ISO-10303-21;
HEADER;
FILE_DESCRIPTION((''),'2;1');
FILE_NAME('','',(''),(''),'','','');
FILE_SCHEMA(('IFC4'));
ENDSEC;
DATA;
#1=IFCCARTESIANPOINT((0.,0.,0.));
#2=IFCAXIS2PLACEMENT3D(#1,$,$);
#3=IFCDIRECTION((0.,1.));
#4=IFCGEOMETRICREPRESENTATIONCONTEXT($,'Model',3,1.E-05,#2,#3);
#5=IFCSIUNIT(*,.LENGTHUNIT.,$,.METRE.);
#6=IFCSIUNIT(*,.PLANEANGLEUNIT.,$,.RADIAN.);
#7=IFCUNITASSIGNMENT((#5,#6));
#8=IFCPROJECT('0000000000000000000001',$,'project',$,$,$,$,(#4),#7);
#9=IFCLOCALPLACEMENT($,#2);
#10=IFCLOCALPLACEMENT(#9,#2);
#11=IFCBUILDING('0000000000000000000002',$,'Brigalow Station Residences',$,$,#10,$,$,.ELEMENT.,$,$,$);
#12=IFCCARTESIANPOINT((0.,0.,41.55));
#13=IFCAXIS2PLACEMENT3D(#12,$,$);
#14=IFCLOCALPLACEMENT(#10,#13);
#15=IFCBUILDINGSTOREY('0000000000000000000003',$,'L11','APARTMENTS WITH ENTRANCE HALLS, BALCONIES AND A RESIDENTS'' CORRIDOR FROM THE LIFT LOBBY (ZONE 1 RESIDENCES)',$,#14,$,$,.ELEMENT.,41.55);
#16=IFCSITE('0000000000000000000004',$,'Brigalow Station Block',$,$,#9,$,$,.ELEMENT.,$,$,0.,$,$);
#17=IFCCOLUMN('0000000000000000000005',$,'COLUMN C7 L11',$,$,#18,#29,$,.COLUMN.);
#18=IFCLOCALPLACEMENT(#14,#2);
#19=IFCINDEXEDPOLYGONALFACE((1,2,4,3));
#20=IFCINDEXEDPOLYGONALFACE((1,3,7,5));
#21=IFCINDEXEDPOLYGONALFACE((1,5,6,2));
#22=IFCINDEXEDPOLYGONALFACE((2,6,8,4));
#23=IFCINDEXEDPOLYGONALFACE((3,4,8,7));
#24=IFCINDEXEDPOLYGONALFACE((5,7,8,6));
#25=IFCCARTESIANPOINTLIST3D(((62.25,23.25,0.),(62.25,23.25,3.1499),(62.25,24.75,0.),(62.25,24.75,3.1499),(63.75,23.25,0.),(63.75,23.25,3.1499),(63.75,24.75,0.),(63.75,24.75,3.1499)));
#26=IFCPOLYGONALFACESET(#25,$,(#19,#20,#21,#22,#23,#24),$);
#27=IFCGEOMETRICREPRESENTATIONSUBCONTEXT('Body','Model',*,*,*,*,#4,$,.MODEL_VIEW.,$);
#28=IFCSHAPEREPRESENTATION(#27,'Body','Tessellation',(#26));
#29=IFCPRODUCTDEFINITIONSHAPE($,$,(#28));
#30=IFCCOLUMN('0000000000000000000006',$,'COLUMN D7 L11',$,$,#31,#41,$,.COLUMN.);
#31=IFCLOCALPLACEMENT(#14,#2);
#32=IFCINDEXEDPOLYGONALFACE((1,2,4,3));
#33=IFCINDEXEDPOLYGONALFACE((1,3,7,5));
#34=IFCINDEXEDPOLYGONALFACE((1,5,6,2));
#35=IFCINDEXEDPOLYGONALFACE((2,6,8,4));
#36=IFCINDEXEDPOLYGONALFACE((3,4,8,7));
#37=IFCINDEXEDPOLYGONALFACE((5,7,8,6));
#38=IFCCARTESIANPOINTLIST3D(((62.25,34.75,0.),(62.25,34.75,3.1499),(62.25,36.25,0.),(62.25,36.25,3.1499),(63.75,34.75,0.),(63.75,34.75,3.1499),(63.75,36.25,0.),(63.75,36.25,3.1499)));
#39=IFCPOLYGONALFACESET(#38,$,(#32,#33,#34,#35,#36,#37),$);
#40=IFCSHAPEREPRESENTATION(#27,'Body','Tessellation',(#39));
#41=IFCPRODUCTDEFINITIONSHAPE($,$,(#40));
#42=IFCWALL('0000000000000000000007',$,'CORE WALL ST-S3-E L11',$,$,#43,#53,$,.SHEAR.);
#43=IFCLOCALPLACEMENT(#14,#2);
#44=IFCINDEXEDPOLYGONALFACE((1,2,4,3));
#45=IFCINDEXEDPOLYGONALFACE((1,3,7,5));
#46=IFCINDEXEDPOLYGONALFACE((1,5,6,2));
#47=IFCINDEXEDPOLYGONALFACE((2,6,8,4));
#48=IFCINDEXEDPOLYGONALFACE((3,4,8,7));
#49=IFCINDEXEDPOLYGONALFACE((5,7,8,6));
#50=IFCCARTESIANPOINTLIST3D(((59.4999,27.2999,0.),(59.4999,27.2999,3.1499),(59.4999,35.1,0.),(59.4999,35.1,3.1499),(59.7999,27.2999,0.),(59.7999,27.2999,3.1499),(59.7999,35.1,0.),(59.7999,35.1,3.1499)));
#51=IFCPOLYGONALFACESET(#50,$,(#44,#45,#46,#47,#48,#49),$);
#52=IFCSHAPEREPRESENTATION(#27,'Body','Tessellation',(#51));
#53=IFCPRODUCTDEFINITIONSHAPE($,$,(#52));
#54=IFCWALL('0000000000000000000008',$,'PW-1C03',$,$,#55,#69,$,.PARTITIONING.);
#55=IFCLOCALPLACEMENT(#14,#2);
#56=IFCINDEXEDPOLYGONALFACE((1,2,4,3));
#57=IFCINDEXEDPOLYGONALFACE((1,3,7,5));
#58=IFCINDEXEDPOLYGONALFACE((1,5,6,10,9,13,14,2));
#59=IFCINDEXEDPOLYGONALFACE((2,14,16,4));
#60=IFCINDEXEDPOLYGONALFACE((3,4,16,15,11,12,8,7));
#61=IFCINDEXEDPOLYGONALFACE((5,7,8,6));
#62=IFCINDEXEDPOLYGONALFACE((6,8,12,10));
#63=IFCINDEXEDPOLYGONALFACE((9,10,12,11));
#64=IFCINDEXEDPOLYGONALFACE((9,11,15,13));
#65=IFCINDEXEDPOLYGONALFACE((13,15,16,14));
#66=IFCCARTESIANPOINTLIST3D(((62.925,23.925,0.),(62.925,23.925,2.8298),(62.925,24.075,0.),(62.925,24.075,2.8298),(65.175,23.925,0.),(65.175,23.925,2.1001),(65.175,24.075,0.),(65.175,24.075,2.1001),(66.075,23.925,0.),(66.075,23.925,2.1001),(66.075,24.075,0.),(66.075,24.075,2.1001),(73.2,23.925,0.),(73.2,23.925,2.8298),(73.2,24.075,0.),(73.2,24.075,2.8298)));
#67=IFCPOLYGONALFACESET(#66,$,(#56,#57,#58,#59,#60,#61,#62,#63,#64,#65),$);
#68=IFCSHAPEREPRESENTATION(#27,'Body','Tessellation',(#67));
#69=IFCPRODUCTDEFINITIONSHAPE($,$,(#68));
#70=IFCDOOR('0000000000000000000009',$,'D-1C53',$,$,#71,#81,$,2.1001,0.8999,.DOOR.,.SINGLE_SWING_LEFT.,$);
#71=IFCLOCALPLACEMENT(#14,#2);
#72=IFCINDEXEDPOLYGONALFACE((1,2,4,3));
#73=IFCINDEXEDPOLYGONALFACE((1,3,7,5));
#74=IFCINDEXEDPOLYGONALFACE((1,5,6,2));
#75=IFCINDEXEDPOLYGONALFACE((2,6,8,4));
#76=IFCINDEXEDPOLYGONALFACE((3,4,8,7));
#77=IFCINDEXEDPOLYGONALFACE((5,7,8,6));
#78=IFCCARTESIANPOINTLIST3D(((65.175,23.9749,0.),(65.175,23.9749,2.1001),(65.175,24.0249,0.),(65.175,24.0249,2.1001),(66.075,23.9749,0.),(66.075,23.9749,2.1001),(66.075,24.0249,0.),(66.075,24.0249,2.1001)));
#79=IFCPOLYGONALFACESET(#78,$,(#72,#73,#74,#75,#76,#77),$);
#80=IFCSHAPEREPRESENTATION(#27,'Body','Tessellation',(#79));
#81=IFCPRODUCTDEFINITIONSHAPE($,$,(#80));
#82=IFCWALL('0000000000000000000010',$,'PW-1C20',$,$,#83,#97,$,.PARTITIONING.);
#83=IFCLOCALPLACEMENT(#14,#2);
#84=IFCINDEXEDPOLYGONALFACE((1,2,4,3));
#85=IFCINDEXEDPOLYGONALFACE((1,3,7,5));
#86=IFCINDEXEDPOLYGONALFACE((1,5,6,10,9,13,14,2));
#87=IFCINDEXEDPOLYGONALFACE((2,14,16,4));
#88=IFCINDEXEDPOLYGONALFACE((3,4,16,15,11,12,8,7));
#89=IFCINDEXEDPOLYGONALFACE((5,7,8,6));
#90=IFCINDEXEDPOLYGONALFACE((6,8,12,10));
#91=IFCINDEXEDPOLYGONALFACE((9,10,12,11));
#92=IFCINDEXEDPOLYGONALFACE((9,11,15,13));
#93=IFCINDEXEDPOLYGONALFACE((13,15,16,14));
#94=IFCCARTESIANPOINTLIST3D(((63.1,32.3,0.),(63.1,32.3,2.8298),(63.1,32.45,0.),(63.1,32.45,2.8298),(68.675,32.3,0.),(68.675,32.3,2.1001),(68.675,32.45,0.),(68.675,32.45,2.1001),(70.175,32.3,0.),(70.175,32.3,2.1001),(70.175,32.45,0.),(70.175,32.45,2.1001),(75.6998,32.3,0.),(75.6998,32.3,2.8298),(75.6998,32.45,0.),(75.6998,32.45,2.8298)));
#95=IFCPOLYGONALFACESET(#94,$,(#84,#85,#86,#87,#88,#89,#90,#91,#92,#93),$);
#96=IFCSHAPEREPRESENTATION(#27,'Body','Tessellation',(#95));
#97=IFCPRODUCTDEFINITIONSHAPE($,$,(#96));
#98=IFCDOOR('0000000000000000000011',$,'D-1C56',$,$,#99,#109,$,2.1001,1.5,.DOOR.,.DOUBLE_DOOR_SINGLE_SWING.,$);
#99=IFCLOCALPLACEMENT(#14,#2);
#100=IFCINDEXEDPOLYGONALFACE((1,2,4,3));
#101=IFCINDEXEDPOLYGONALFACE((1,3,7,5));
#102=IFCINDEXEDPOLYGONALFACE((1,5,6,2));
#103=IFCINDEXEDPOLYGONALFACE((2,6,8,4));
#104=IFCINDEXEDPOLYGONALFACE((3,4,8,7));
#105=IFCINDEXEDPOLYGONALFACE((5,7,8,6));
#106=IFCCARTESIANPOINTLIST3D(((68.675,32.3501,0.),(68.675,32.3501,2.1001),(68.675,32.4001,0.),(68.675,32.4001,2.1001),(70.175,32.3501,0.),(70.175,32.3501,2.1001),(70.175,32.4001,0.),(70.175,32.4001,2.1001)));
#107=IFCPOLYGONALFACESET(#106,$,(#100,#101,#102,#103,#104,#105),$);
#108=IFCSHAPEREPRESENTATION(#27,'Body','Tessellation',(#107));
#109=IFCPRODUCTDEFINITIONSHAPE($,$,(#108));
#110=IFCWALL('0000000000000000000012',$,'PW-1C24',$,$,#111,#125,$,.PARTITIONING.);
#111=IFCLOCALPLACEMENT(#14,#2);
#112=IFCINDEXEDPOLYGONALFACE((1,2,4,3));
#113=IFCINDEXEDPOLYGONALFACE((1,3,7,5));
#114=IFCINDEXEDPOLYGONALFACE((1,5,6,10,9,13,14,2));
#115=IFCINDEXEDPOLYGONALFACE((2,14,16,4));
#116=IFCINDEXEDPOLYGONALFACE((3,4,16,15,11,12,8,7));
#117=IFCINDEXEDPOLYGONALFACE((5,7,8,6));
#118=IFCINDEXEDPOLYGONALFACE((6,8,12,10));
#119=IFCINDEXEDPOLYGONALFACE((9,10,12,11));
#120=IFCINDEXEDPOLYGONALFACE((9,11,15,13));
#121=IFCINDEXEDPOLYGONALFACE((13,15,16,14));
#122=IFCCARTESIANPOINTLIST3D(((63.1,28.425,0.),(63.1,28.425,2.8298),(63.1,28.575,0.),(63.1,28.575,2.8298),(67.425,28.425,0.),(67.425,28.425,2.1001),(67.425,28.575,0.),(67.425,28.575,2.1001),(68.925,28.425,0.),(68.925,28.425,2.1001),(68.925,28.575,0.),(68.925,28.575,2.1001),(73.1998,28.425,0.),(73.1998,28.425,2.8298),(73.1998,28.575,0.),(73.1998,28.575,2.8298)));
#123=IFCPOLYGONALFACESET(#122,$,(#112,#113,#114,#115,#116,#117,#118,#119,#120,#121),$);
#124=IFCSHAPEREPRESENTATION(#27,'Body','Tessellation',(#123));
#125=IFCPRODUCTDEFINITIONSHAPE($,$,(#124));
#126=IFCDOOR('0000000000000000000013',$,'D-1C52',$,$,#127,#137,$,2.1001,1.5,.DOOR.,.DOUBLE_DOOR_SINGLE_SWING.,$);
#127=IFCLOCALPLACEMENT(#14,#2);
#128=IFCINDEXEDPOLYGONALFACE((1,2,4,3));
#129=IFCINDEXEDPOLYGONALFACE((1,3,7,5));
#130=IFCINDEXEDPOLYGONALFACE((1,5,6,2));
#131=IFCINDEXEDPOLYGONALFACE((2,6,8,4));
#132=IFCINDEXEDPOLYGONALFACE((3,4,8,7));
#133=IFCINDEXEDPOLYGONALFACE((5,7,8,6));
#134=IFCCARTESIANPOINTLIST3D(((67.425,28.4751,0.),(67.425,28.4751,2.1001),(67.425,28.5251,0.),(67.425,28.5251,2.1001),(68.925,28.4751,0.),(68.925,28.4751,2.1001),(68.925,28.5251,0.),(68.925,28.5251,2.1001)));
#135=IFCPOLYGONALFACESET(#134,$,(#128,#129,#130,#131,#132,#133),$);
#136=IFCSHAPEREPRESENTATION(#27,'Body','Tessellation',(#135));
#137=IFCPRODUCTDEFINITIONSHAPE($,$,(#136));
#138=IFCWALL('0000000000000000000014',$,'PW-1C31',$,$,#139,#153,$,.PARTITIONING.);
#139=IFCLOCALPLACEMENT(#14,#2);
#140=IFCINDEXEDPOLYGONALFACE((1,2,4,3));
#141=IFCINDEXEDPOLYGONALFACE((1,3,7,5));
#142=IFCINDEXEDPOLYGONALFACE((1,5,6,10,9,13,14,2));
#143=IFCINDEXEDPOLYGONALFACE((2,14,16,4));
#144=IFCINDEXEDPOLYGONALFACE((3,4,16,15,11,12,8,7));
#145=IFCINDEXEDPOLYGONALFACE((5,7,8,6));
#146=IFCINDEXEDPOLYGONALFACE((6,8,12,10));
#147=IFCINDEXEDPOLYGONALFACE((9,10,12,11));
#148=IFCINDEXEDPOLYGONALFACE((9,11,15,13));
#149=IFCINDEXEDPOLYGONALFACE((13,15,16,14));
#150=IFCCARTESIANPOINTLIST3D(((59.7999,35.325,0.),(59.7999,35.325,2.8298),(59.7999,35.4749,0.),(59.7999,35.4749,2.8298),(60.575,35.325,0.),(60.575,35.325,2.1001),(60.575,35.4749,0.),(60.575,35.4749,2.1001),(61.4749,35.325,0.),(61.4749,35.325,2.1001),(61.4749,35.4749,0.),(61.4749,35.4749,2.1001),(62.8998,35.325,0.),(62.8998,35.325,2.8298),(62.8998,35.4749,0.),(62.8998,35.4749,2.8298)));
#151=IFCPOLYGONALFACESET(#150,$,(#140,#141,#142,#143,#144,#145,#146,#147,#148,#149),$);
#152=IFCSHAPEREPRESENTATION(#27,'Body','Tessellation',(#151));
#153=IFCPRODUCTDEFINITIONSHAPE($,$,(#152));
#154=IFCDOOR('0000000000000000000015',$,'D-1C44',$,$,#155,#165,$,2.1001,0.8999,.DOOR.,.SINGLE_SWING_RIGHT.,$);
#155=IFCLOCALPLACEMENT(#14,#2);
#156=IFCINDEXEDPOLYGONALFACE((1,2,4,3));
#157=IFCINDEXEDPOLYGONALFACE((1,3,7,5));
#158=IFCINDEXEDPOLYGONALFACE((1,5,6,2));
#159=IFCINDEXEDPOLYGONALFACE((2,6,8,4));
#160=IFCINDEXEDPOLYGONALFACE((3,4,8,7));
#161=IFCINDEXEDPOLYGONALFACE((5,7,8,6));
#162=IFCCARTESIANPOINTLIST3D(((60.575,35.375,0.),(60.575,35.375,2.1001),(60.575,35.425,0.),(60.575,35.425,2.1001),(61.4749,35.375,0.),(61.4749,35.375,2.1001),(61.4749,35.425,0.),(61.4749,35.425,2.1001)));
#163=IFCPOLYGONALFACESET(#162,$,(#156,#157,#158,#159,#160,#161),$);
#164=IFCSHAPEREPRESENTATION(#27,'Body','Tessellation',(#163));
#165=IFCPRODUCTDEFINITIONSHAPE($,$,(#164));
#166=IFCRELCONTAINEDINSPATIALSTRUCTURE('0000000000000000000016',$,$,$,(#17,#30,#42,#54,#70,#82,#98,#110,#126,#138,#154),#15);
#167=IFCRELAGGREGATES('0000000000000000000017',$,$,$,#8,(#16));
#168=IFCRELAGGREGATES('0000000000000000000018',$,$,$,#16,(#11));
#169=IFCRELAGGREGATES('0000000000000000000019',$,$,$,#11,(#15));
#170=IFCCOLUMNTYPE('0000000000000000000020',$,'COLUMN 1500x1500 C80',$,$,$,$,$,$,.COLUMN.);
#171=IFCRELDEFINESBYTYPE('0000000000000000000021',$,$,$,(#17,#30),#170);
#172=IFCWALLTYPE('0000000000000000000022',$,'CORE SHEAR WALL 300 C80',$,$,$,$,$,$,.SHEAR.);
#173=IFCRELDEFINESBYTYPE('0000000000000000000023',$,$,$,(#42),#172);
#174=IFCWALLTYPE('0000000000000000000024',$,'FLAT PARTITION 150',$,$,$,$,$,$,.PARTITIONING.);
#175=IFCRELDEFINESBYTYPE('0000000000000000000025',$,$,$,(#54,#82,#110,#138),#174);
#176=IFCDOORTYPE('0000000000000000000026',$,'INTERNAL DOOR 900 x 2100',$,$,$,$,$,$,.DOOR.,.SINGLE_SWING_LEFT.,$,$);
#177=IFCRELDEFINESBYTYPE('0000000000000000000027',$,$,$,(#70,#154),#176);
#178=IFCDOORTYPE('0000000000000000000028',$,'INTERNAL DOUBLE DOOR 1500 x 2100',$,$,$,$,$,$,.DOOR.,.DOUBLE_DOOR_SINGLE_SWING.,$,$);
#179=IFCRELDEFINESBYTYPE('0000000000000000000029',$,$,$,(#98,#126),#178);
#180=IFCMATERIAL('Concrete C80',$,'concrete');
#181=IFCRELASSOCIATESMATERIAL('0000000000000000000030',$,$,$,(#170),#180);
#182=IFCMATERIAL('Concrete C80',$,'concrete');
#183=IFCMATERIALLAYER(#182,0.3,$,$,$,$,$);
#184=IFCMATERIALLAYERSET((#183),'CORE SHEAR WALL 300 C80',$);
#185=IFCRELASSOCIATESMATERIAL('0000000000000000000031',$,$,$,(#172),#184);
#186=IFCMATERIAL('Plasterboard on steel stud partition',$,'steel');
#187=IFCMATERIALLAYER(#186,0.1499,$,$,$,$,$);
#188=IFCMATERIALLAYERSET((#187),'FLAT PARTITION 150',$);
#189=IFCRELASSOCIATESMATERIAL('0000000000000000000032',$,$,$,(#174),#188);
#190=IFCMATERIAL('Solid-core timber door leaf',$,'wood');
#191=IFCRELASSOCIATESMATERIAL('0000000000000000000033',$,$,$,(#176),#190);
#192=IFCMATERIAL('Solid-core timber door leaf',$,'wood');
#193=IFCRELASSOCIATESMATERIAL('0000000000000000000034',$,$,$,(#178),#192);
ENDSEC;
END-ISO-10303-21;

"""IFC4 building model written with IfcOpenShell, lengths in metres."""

from ifc_helpers import new_model, si_unit, direction, frame, frame_2d, origin, origin_2d, place, context, subcontext, project, spatial, rectangle, extrude, material, layer, layer_set, material_profile, profile_set, type_object, element, fill, save


model = new_model("IFC4")

# Units and contexts
model_context = context("Model", 3, precision=1e-05, world=origin(), true_north=direction((0.0, 1.0)))
body_context = subcontext(model_context, "Body", "Model", "MODEL_VIEW")
ifc_project = project(units=[si_unit("LENGTHUNIT", "METRE"), si_unit("PLANEANGLEUNIT", "RADIAN")], contexts=[model_context])

# Site, building, storey
site_placement = place(None, origin())
site = spatial("IfcSite", under=ifc_project, at=site_placement, Name="Brigalow Station Block", CompositionType="ELEMENT", RefElevation=0.0)
building_placement = place(site_placement, origin())
building = spatial("IfcBuilding", under=site, at=building_placement, Name="Brigalow Station Residences", CompositionType="ELEMENT")
storey_placement = place(building_placement, frame((0.0, 0.0, 41.55)))
storey = spatial("IfcBuildingStorey", under=building, at=storey_placement, Name="L11", Description="APARTMENTS WITH ENTRANCE HALLS, BALCONIES AND A RESIDENTS' CORRIDOR FROM THE LIFT LOBBY (ZONE 1 RESIDENCES)", CompositionType="ELEMENT", Elevation=41.55)

# Columns
ifc_material_1 = material(Name="Concrete C80", Category="concrete")
ifc_material_profile = material_profile(ifc_material_1, rectangle(XDim=1.5, YDim=1.5, at=origin_2d()), Name="RC1500x1500")
ifc_profile_set = profile_set([ifc_material_profile], Name="Concrete C80")
column_type = type_object("IfcColumnType", Name="COLUMN 1500x1500 C80", PredefinedType="COLUMN", material=ifc_profile_set)
for number, where, z_axis, x_axis, name in (
    (1, (63.0, 24.0, 0.0), (0.0, 0.0, 1.0), (1.0, 0.0, 0.0), "COLUMN C7 L11"),
    (2, (63.0, 35.5, 0.0), (0.0, 0.0, 1.0), (1.0, 0.0, 0.0), "COLUMN D7 L11"),
):
    element("IfcColumn", number, at=place(storey_placement, frame(where, z_axis=z_axis, x_axis=x_axis)), inside=storey, type_object=column_type, Name=name, PredefinedType="COLUMN", context=body_context, shape_type="SweptSolid", body=[
        extrude(rectangle(XDim=1.5, YDim=1.5, at=origin_2d()), origin(), (0.0, 0.0, 1.0), 3.1499),
    ])

# Wall
ifc_material_2 = material(Name="Concrete C80", Category="concrete")
ifc_layer_1 = layer(ifc_material_2, 0.3)
ifc_layer_set_1 = layer_set([ifc_layer_1], Name="CORE SHEAR WALL 300 C80")
wall_type_1 = type_object("IfcWallType", Name="CORE SHEAR WALL 300 C80", PredefinedType="SHEAR", material=ifc_layer_set_1)
wall_1_placement = place(storey_placement, frame((59.6499, 27.3, 0.0), z_axis=(0.0, 0.0, 1.0), x_axis=(0.0, 1.0, 0.0)))
element("IfcWall", 3, at=wall_1_placement, inside=storey, type_object=wall_type_1, Name="CORE WALL ST-S3-E L11", PredefinedType="SHEAR", context=body_context, shape_type="SweptSolid", body=[
    extrude(rectangle(XDim=7.8, YDim=0.3, at=frame_2d((3.8999, 0.0))), origin(), (0.0, 0.0, 1.0), 3.1499),
])

# Walls, openings, doors
ifc_material_3 = material(Name="Plasterboard on steel stud partition", Category="steel")
ifc_layer_2 = layer(ifc_material_3, 0.1499)
ifc_layer_set_2 = layer_set([ifc_layer_2], Name="FLAT PARTITION 150")
wall_type_2 = type_object("IfcWallType", Name="FLAT PARTITION 150", PredefinedType="PARTITIONING", material=ifc_layer_set_2)
wall_2_placement = place(storey_placement, frame((62.925, 24.0, 0.0), z_axis=(0.0, 0.0, 1.0), x_axis=(1.0, 0.0, 0.0)))
wall_2 = element("IfcWall", 4, at=wall_2_placement, inside=storey, type_object=wall_type_2, Name="PW-1C03", PredefinedType="PARTITIONING", context=body_context, shape_type="SweptSolid", body=[
    extrude(rectangle(XDim=10.2749, YDim=0.1499, at=frame_2d((5.1375, 0.0))), origin(), (0.0, 0.0, 1.0), 2.8298),
])
opening_1_placement = place(wall_2_placement, frame((2.25, 0.0, 0.0)))
opening_1 = element("IfcOpeningElement", 5, at=opening_1_placement, cuts=wall_2, PredefinedType="OPENING", context=body_context, shape_type="SweptSolid", body=[
    extrude(rectangle(XDim=0.8999, YDim=2.1001, at=frame_2d((0.45, 1.05))), frame((0.0, 0.085, 0.0), z_axis=(0.0, -1.0, 0.0), x_axis=(1.0, 0.0, 0.0)), (0.0, 0.0, 1.0), 0.1699),
])
ifc_material_4 = material(Name="Solid-core timber door leaf", Category="wood")
door_type_1 = type_object("IfcDoorType", Name="INTERNAL DOOR 900 x 2100", OperationType="SINGLE_SWING_LEFT", PredefinedType="DOOR", material=ifc_material_4)
door_1_placement = place(opening_1_placement, origin())
door_1 = element("IfcDoor", 6, at=door_1_placement, inside=storey, type_object=door_type_1, Name="D-1C53", OperationType="SINGLE_SWING_LEFT", OverallHeight=2.1001, OverallWidth=0.8999, PredefinedType="DOOR", context=body_context, shape_type="SweptSolid", body=[
    extrude(rectangle(XDim=0.8999, YDim=2.1001, at=frame_2d((0.45, 1.05))), frame((0.0, 0.0249, 0.0), z_axis=(0.0, -1.0, 0.0), x_axis=(1.0, 0.0, 0.0)), (0.0, 0.0, 1.0), 0.05),
])
fill(opening_1, door_1)
wall_3_placement = place(storey_placement, frame((63.1001, 32.375, 0.0), z_axis=(0.0, 0.0, 1.0), x_axis=(1.0, 0.0, 0.0)))
wall_3 = element("IfcWall", 7, at=wall_3_placement, inside=storey, type_object=wall_type_2, Name="PW-1C20", PredefinedType="PARTITIONING", context=body_context, shape_type="SweptSolid", body=[
    extrude(rectangle(XDim=12.5999, YDim=0.1499, at=frame_2d((6.2998, 0.0))), origin(), (0.0, 0.0, 1.0), 2.8298),
])
opening_2_placement = place(wall_3_placement, frame((5.575, 0.0, 0.0)))
opening_2 = element("IfcOpeningElement", 8, at=opening_2_placement, cuts=wall_3, PredefinedType="OPENING", context=body_context, shape_type="SweptSolid", body=[
    extrude(rectangle(XDim=1.5, YDim=2.1001, at=frame_2d((0.75, 1.05))), frame((0.0, 0.085, 0.0), z_axis=(0.0, -1.0, 0.0), x_axis=(1.0, 0.0, 0.0)), (0.0, 0.0, 1.0), 0.1699),
])
ifc_material_5 = material(Name="Solid-core timber door leaf", Category="wood")
door_type_2 = type_object("IfcDoorType", Name="INTERNAL DOUBLE DOOR 1500 x 2100", OperationType="DOUBLE_DOOR_SINGLE_SWING", PredefinedType="DOOR", material=ifc_material_5)
door_2_placement = place(opening_2_placement, frame((1.5, 0.0, 0.0), z_axis=(0.0, 0.0, 1.0), x_axis=(-1.0, 0.0, 0.0)))
door_2 = element("IfcDoor", 9, at=door_2_placement, inside=storey, type_object=door_type_2, Name="D-1C56", OperationType="DOUBLE_DOOR_SINGLE_SWING", OverallHeight=2.1001, OverallWidth=1.5, PredefinedType="DOOR", context=body_context, shape_type="SweptSolid", body=[
    extrude(rectangle(XDim=1.5, YDim=2.1001, at=frame_2d((0.75, 1.05))), frame((0.0, 0.0249, 0.0), z_axis=(0.0, -1.0, 0.0), x_axis=(1.0, 0.0, 0.0)), (0.0, 0.0, 1.0), 0.05),
])
fill(opening_2, door_2)
wall_4_placement = place(storey_placement, frame((63.1001, 28.5, 0.0), z_axis=(0.0, 0.0, 1.0), x_axis=(1.0, 0.0, 0.0)))
wall_4 = element("IfcWall", 10, at=wall_4_placement, inside=storey, type_object=wall_type_2, Name="PW-1C24", PredefinedType="PARTITIONING", context=body_context, shape_type="SweptSolid", body=[
    extrude(rectangle(XDim=10.0999, YDim=0.1499, at=frame_2d((5.0498, 0.0))), origin(), (0.0, 0.0, 1.0), 2.8298),
])
opening_3_placement = place(wall_4_placement, frame((4.325, 0.0, 0.0)))
opening_3 = element("IfcOpeningElement", 11, at=opening_3_placement, cuts=wall_4, PredefinedType="OPENING", context=body_context, shape_type="SweptSolid", body=[
    extrude(rectangle(XDim=1.5, YDim=2.1001, at=frame_2d((0.75, 1.05))), frame((0.0, 0.085, 0.0), z_axis=(0.0, -1.0, 0.0), x_axis=(1.0, 0.0, 0.0)), (0.0, 0.0, 1.0), 0.1699),
])
door_3_placement = place(opening_3_placement, frame((1.5, 0.0, 0.0), z_axis=(0.0, 0.0, 1.0), x_axis=(-1.0, 0.0, 0.0)))
door_3 = element("IfcDoor", 12, at=door_3_placement, inside=storey, type_object=door_type_2, Name="D-1C52", OperationType="DOUBLE_DOOR_SINGLE_SWING", OverallHeight=2.1001, OverallWidth=1.5, PredefinedType="DOOR", context=body_context, shape_type="SweptSolid", body=[
    extrude(rectangle(XDim=1.5, YDim=2.1001, at=frame_2d((0.75, 1.05))), frame((0.0, 0.0249, 0.0), z_axis=(0.0, -1.0, 0.0), x_axis=(1.0, 0.0, 0.0)), (0.0, 0.0, 1.0), 0.05),
])
fill(opening_3, door_3)
wall_5_placement = place(storey_placement, frame((59.8, 35.3999, 0.0), z_axis=(0.0, 0.0, 1.0), x_axis=(1.0, 0.0, 0.0)))
wall_5 = element("IfcWall", 13, at=wall_5_placement, inside=storey, type_object=wall_type_2, Name="PW-1C31", PredefinedType="PARTITIONING", context=body_context, shape_type="SweptSolid", body=[
    extrude(rectangle(XDim=3.0999, YDim=0.1499, at=frame_2d((1.5498, 0.0))), origin(), (0.0, 0.0, 1.0), 2.8298),
])
opening_4_placement = place(wall_5_placement, frame((0.7749, 0.0, 0.0)))
opening_4 = element("IfcOpeningElement", 14, at=opening_4_placement, cuts=wall_5, PredefinedType="OPENING", context=body_context, shape_type="SweptSolid", body=[
    extrude(rectangle(XDim=0.8999, YDim=2.1001, at=frame_2d((0.45, 1.05))), frame((0.0, 0.085, 0.0), z_axis=(0.0, -1.0, 0.0), x_axis=(1.0, 0.0, 0.0)), (0.0, 0.0, 1.0), 0.1699),
])
door_4_placement = place(opening_4_placement, frame((0.8999, 0.0, 0.0), z_axis=(0.0, 0.0, 1.0), x_axis=(-1.0, 0.0, 0.0)))
door_4 = element("IfcDoor", 15, at=door_4_placement, inside=storey, type_object=door_type_1, Name="D-1C44", OperationType="SINGLE_SWING_RIGHT", OverallHeight=2.1001, OverallWidth=0.8999, PredefinedType="DOOR", context=body_context, shape_type="SweptSolid", body=[
    extrude(rectangle(XDim=0.8999, YDim=2.1001, at=frame_2d((0.45, 1.05))), frame((0.0, 0.0249, 0.0), z_axis=(0.0, -1.0, 0.0), x_axis=(1.0, 0.0, 0.0)), (0.0, 0.0, 1.0), 0.05),
])
fill(opening_4, door_4)

save(model, "model.ifc")
